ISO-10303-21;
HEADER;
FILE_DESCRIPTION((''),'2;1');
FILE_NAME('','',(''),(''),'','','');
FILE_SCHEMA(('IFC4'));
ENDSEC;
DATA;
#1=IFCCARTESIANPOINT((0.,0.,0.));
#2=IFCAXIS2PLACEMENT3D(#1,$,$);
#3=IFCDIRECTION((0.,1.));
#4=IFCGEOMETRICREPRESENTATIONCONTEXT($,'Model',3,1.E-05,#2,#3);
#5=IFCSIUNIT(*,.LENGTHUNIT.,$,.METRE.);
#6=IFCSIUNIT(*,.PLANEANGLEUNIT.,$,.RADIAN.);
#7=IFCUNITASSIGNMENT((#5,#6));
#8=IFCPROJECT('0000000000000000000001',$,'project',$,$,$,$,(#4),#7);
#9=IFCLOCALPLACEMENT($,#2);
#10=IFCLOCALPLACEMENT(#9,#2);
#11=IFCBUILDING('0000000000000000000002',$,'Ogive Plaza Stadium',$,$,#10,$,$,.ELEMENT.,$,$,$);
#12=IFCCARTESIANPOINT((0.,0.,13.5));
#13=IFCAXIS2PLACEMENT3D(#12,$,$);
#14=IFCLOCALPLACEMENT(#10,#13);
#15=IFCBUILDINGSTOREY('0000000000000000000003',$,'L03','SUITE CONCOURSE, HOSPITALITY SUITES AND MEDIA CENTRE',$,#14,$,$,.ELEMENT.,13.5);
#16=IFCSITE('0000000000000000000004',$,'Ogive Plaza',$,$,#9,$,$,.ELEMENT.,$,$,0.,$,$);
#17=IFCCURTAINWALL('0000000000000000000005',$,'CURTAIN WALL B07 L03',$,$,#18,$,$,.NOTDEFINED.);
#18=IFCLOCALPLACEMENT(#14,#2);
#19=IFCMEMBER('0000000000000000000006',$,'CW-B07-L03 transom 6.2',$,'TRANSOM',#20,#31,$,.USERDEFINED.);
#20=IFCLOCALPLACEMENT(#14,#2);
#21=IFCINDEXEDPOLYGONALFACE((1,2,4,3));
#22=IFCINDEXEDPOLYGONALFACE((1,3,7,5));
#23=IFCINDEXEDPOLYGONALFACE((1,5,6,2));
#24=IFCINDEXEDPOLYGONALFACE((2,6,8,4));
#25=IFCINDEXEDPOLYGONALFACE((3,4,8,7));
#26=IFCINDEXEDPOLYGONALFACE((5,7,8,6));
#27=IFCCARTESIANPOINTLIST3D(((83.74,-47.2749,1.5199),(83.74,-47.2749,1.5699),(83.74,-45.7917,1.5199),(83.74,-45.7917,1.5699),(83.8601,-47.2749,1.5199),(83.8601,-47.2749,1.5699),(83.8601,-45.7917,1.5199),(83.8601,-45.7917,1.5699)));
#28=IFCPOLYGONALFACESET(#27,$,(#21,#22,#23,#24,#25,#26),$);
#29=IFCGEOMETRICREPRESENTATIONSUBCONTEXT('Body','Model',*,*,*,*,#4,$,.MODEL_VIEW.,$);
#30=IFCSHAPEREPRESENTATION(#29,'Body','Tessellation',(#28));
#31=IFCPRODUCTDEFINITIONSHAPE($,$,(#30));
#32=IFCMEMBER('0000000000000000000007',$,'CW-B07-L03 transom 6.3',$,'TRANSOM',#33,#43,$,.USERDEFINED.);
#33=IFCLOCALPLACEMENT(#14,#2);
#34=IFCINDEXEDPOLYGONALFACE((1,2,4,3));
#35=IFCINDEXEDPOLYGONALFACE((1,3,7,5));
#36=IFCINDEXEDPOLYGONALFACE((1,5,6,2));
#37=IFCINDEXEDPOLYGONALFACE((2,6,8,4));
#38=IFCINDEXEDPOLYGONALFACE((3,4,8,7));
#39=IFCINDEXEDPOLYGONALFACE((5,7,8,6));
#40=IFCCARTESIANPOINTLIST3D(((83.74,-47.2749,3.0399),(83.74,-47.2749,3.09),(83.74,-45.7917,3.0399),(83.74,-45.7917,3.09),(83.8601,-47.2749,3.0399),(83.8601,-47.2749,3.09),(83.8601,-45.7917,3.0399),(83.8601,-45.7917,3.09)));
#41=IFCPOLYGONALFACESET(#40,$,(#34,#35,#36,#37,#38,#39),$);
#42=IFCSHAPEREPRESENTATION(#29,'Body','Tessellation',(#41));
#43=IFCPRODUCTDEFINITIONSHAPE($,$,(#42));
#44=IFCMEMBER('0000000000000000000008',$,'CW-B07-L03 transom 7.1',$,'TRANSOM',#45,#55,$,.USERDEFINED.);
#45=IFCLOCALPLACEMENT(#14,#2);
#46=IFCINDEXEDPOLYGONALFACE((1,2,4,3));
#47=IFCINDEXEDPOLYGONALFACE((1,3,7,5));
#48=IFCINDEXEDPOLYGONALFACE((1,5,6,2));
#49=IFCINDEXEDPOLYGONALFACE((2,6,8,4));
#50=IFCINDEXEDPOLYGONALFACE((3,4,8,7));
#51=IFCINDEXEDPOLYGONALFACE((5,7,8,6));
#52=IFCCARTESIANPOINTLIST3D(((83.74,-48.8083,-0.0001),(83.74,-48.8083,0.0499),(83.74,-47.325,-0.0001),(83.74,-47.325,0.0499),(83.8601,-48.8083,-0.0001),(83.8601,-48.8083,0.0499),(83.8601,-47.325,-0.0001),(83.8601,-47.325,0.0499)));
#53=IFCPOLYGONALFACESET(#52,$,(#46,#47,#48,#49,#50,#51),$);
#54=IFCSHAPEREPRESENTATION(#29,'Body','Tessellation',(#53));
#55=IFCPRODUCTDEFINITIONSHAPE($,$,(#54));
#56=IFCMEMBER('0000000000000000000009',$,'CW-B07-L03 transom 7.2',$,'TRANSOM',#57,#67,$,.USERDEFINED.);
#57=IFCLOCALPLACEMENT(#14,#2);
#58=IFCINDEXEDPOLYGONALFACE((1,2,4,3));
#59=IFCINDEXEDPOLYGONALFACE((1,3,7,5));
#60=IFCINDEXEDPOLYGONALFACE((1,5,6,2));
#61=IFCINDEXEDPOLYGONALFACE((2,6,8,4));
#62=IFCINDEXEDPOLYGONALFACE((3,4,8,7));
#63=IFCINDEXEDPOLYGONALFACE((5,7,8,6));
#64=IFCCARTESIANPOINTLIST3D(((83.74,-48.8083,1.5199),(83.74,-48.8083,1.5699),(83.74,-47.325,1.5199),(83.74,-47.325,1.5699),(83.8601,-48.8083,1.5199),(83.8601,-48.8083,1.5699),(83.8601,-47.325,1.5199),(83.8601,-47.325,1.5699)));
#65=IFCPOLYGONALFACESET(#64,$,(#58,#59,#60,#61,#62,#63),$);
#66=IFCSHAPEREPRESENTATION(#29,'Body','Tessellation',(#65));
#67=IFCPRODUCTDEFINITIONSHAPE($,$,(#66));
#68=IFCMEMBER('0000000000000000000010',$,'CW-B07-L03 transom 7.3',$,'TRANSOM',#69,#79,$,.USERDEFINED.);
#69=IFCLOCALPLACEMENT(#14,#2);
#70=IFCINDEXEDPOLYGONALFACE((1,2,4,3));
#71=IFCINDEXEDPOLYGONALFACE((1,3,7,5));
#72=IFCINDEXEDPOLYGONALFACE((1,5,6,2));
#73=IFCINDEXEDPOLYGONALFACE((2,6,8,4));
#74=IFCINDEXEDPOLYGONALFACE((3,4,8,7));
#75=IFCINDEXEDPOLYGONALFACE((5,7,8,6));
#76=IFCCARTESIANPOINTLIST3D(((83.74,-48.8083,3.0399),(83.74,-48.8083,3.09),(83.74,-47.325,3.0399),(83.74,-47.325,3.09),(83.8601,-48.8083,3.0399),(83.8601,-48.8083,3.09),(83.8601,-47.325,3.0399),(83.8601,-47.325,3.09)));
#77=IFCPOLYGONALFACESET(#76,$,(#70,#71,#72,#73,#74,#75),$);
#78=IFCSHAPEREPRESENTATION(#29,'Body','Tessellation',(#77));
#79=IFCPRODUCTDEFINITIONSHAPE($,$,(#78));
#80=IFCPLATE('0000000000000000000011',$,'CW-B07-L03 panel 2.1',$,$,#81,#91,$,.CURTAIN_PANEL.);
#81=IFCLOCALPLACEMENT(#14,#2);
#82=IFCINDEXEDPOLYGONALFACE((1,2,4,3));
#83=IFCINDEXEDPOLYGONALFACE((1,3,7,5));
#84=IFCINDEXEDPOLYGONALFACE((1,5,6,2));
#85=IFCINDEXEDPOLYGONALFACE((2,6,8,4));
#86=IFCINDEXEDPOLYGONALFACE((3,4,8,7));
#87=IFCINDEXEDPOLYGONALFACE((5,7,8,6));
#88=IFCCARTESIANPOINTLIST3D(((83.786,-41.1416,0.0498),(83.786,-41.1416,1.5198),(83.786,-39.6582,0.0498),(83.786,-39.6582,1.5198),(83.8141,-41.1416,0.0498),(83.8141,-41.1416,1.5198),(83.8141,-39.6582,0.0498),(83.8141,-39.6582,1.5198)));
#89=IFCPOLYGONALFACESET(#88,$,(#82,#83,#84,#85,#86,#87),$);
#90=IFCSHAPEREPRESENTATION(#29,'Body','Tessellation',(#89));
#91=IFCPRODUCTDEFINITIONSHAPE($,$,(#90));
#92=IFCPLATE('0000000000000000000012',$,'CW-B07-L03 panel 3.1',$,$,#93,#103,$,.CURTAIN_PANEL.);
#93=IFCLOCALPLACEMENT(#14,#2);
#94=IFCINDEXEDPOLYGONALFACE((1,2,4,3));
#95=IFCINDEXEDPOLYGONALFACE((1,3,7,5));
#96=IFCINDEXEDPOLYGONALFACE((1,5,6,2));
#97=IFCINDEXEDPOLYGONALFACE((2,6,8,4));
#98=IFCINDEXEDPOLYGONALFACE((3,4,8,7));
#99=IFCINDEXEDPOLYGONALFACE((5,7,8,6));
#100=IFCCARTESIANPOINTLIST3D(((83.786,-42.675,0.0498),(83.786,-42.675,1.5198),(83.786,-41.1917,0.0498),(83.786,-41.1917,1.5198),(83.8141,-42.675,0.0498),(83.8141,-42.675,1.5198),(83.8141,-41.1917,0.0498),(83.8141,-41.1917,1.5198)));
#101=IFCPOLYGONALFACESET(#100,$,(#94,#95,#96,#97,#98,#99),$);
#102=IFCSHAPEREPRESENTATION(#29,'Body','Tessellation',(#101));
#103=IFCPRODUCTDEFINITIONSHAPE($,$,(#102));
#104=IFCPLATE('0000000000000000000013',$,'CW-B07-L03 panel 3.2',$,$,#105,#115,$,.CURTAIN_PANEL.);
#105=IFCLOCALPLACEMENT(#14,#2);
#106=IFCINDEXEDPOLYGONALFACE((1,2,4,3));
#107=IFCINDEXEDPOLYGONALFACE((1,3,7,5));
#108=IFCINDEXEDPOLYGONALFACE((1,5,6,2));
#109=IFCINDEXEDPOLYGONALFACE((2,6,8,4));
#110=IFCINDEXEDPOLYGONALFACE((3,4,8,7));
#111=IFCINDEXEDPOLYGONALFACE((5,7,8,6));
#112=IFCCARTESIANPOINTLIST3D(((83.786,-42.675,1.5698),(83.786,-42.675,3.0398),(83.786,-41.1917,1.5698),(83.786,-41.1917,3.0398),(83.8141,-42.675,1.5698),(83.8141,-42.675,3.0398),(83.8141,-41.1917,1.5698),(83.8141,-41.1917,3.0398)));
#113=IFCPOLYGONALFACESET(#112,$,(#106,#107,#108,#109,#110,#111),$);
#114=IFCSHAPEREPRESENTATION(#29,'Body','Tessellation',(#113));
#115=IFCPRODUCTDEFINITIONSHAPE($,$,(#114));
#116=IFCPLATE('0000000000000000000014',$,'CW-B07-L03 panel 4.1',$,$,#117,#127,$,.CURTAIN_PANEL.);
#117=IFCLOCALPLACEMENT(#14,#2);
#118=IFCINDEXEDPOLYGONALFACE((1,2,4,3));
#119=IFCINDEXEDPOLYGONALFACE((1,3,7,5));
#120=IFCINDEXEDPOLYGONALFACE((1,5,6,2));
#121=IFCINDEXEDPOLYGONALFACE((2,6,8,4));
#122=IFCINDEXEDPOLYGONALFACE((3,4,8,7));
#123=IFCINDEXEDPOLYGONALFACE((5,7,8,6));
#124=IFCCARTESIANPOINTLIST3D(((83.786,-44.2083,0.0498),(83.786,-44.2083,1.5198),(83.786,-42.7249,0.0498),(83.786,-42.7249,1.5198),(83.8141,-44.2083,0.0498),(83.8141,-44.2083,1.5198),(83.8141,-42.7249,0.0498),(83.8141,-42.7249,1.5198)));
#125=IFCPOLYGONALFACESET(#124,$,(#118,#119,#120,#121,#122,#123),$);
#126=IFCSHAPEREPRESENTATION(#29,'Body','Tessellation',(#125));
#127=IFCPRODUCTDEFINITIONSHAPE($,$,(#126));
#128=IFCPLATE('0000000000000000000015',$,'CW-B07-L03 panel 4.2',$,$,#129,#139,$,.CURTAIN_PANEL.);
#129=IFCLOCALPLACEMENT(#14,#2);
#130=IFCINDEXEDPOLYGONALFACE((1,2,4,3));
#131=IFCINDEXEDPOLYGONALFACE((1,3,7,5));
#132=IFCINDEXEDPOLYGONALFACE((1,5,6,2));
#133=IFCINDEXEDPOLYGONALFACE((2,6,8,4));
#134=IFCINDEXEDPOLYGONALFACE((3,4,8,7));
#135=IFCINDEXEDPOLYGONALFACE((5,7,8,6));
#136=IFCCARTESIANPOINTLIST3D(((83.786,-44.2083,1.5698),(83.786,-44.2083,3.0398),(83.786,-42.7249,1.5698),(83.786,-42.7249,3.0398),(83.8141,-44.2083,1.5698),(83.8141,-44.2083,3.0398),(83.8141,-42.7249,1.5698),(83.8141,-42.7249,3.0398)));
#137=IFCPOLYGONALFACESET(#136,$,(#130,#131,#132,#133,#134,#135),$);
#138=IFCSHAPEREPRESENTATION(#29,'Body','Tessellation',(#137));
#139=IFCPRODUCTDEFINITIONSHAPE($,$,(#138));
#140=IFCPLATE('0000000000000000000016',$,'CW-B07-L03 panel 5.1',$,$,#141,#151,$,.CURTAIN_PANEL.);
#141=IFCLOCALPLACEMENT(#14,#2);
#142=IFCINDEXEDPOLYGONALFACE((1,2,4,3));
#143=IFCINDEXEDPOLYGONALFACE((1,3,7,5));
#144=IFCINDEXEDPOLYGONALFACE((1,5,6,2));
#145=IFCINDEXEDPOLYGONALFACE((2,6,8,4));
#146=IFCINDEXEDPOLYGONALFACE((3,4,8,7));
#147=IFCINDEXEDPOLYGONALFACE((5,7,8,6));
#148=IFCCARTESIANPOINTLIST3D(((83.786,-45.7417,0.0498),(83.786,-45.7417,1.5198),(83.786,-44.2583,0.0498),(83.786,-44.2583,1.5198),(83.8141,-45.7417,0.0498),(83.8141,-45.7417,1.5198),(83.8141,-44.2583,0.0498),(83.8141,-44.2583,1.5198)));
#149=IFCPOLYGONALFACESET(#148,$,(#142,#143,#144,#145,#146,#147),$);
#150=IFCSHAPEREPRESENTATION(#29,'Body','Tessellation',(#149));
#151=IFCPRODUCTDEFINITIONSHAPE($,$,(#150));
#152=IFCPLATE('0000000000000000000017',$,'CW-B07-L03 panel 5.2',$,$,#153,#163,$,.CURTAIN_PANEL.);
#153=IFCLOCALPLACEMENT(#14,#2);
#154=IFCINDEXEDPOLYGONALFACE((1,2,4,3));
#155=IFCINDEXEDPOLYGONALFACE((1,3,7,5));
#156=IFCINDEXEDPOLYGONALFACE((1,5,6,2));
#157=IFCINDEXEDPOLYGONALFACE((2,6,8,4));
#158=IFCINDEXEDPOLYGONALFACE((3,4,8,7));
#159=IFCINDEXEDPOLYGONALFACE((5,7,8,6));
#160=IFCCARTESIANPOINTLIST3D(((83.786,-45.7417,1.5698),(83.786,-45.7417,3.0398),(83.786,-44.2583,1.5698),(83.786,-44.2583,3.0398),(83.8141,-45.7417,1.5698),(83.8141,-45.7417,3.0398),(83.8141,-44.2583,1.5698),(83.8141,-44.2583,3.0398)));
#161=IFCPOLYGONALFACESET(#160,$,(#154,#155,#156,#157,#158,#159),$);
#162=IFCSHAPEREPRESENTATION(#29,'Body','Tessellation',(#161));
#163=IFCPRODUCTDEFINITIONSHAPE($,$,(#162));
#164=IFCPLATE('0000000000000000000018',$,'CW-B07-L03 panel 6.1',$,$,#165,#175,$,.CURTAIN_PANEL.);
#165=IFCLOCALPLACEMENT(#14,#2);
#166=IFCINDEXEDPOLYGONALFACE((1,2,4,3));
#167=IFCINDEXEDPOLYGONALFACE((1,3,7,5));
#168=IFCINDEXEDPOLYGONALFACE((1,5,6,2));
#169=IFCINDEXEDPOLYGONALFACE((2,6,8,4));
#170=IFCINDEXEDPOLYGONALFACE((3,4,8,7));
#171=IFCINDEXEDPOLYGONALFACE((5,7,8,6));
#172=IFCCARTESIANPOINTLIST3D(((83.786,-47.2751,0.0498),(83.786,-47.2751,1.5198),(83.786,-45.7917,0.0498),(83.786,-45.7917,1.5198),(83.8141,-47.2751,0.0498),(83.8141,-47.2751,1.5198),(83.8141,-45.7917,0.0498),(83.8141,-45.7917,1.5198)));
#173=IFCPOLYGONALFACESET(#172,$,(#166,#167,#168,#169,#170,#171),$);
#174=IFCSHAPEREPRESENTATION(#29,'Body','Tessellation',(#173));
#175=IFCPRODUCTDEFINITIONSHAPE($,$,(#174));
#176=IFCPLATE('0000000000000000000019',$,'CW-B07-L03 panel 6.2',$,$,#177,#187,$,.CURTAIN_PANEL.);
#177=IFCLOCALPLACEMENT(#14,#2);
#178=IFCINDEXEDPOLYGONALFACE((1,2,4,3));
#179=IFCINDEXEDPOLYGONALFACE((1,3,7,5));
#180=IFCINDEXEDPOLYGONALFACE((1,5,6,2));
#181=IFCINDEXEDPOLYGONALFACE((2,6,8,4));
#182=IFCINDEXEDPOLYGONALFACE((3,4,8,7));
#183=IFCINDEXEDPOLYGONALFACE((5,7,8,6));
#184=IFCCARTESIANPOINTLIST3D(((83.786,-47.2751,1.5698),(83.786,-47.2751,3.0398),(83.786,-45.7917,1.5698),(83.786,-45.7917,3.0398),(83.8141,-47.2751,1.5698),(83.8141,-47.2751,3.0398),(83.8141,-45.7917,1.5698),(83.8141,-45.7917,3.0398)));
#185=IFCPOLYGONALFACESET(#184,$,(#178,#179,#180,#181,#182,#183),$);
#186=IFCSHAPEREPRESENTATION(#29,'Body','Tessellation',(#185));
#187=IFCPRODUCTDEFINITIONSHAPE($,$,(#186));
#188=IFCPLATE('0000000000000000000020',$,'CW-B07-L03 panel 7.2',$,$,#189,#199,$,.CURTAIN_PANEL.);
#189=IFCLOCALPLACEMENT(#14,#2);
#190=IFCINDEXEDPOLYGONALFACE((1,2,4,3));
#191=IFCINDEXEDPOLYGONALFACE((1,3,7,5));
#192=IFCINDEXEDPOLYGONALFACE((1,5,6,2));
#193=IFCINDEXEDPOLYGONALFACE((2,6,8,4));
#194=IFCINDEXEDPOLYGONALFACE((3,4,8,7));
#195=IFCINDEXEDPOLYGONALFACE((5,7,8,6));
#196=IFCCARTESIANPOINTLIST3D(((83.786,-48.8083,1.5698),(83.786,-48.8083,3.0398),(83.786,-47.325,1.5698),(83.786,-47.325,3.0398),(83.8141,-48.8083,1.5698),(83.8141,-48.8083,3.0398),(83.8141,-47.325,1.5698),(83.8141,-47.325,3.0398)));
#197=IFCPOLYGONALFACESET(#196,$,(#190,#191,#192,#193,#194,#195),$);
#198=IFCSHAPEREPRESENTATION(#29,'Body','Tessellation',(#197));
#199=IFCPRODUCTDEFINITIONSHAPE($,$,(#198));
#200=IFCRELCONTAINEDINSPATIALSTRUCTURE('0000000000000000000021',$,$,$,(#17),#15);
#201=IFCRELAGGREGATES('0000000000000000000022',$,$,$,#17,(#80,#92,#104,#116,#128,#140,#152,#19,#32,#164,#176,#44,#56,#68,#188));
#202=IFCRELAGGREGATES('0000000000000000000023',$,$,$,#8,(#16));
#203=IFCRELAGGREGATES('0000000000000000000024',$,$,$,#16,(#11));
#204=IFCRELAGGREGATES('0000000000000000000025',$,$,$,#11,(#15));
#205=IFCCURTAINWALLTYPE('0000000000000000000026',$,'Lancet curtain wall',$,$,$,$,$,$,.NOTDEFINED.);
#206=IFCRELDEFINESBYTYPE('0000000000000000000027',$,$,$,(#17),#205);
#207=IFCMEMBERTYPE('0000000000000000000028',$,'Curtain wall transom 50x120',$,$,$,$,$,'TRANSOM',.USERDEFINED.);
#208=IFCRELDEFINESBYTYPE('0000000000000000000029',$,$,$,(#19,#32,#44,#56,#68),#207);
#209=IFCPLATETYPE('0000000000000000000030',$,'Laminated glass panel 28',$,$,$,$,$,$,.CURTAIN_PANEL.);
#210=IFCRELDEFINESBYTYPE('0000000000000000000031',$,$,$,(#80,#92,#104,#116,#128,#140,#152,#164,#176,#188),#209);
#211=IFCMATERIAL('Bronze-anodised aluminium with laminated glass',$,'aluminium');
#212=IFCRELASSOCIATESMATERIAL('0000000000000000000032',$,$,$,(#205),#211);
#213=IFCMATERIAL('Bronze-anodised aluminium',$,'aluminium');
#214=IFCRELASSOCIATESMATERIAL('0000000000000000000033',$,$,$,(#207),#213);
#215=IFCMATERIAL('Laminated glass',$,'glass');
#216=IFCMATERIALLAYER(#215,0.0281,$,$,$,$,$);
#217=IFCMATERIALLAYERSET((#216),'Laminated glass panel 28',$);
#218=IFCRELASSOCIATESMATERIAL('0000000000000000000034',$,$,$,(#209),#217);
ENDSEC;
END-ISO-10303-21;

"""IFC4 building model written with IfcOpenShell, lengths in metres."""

from ifc_helpers import new_model, si_unit, direction, frame, origin, origin_2d, place, context, subcontext, project, spatial, rectangle, extrude, material, layer, layer_set, material_profile, profile_set, type_object, element, aggregate, save


model = new_model("IFC4")

# Units and contexts
model_context = context("Model", 3, precision=1e-05, world=origin(), true_north=direction((0.0, 1.0)))
body_context = subcontext(model_context, "Body", "Model", "MODEL_VIEW")
ifc_project = project(units=[si_unit("LENGTHUNIT", "METRE"), si_unit("PLANEANGLEUNIT", "RADIAN")], contexts=[model_context])

# Site, building, storey
site_placement = place(None, origin())
site = spatial("IfcSite", under=ifc_project, at=site_placement, Name="Ogive Plaza", CompositionType="ELEMENT", RefElevation=0.0)
building_placement = place(site_placement, origin())
building = spatial("IfcBuilding", under=site, at=building_placement, Name="Ogive Plaza Stadium", CompositionType="ELEMENT")
storey_placement = place(building_placement, frame((0.0, 0.0, 13.5)))
storey = spatial("IfcBuildingStorey", under=building, at=storey_placement, Name="L03", Description="SUITE CONCOURSE, HOSPITALITY SUITES AND MEDIA CENTRE", CompositionType="ELEMENT", Elevation=13.5)

# Curtain wall, members, plates
ifc_material_1 = material(Name="Bronze-anodised aluminium with laminated glass", Category="aluminium")
curtain_wall_type = type_object("IfcCurtainWallType", Name="Lancet curtain wall", PredefinedType="NOTDEFINED", material=ifc_material_1)
curtain_wall_placement = place(storey_placement, origin())
curtain_wall = element("IfcCurtainWall", 1, at=curtain_wall_placement, inside=storey, type_object=curtain_wall_type, Name="CURTAIN WALL B07 L03", PredefinedType="NOTDEFINED")
ifc_material_2 = material(Name="Bronze-anodised aluminium", Category="aluminium")
ifc_material_profile_1 = material_profile(ifc_material_2, rectangle(XDim=0.1201, YDim=0.05, at=origin_2d()), Name="AL 120x50")
ifc_profile_set_1 = profile_set([ifc_material_profile_1], Name="Bronze-anodised aluminium")
member_type_1 = type_object("IfcMemberType", Name="Curtain wall transom 50x120", ElementType="TRANSOM", PredefinedType="USERDEFINED", material=ifc_profile_set_1)
member_1_placement = place(storey_placement, frame((83.8, -45.7917, 1.5449), z_axis=(0.0, -1.0, 0.0), x_axis=(1.0, 0.0, 0.0)))
member_1 = element("IfcMember", 2, at=member_1_placement, type_object=member_type_1, Name="CW-B07-L03 transom 6.2", ObjectType="TRANSOM", PredefinedType="USERDEFINED", context=body_context, shape_type="SweptSolid", body=[
    extrude(rectangle(XDim=0.1201, YDim=0.05, at=origin_2d()), origin(), (0.0, 0.0, 1.0), 1.4832),
])
member_2_placement = place(storey_placement, frame((83.8, -45.7917, 3.0649), z_axis=(0.0, -1.0, 0.0), x_axis=(1.0, 0.0, 0.0)))
member_2 = element("IfcMember", 3, at=member_2_placement, type_object=member_type_1, Name="CW-B07-L03 transom 6.3", ObjectType="TRANSOM", PredefinedType="USERDEFINED", context=body_context, shape_type="SweptSolid", body=[
    extrude(rectangle(XDim=0.1201, YDim=0.05, at=origin_2d()), origin(), (0.0, 0.0, 1.0), 1.4832),
])
member_3_placement = place(storey_placement, frame((83.8, -47.325, 0.0249), z_axis=(0.0, -1.0, 0.0), x_axis=(1.0, 0.0, 0.0)))
member_3 = element("IfcMember", 4, at=member_3_placement, type_object=member_type_1, Name="CW-B07-L03 transom 7.1", ObjectType="TRANSOM", PredefinedType="USERDEFINED", context=body_context, shape_type="SweptSolid", body=[
    extrude(rectangle(XDim=0.1201, YDim=0.05, at=origin_2d()), origin(), (0.0, 0.0, 1.0), 1.4834),
])
member_4_placement = place(storey_placement, frame((83.8, -47.325, 1.5449), z_axis=(0.0, -1.0, 0.0), x_axis=(1.0, 0.0, 0.0)))
member_4 = element("IfcMember", 5, at=member_4_placement, type_object=member_type_1, Name="CW-B07-L03 transom 7.2", ObjectType="TRANSOM", PredefinedType="USERDEFINED", context=body_context, shape_type="SweptSolid", body=[
    extrude(rectangle(XDim=0.1201, YDim=0.05, at=origin_2d()), origin(), (0.0, 0.0, 1.0), 1.4834),
])
member_5_placement = place(storey_placement, frame((83.8, -47.325, 3.0649), z_axis=(0.0, -1.0, 0.0), x_axis=(1.0, 0.0, 0.0)))
member_5 = element("IfcMember", 6, at=member_5_placement, type_object=member_type_1, Name="CW-B07-L03 transom 7.3", ObjectType="TRANSOM", PredefinedType="USERDEFINED", context=body_context, shape_type="SweptSolid", body=[
    extrude(rectangle(XDim=0.1201, YDim=0.05, at=origin_2d()), origin(), (0.0, 0.0, 1.0), 1.4834),
])
ifc_material_3 = material(Name="Laminated glass", Category="glass")
ifc_layer_1 = layer(ifc_material_3, 0.0281)
ifc_layer_set_1 = layer_set([ifc_layer_1], Name="Laminated glass panel 28")
plate_type = type_object("IfcPlateType", Name="Laminated glass panel 28", PredefinedType="CURTAIN_PANEL", material=ifc_layer_set_1)
plate_1_placement = place(storey_placement, frame((83.8, -40.3999, 0.0498), z_axis=(0.0, 0.0, 1.0), x_axis=(0.0, -1.0, 0.0)))
plate_1 = element("IfcPlate", 7, at=plate_1_placement, type_object=plate_type, Name="CW-B07-L03 panel 2.1", PredefinedType="CURTAIN_PANEL", context=body_context, shape_type="SweptSolid", body=[
    extrude(rectangle(XDim=1.4834, YDim=0.0281, at=origin_2d()), origin(), (0.0, 0.0, 1.0), 1.47),
])
plate_2_placement = place(storey_placement, frame((83.8, -41.9333, 0.0498), z_axis=(0.0, 0.0, 1.0), x_axis=(0.0, -1.0, 0.0)))
plate_2 = element("IfcPlate", 8, at=plate_2_placement, type_object=plate_type, Name="CW-B07-L03 panel 3.1", PredefinedType="CURTAIN_PANEL", context=body_context, shape_type="SweptSolid", body=[
    extrude(rectangle(XDim=1.4834, YDim=0.0281, at=origin_2d()), origin(), (0.0, 0.0, 1.0), 1.47),
])
plate_3_placement = place(storey_placement, frame((83.8, -41.9333, 1.5698), z_axis=(0.0, 0.0, 1.0), x_axis=(0.0, -1.0, 0.0)))
plate_3 = element("IfcPlate", 9, at=plate_3_placement, type_object=plate_type, Name="CW-B07-L03 panel 3.2", PredefinedType="CURTAIN_PANEL", context=body_context, shape_type="SweptSolid", body=[
    extrude(rectangle(XDim=1.4834, YDim=0.0281, at=origin_2d()), origin(), (0.0, 0.0, 1.0), 1.47),
])
plate_4_placement = place(storey_placement, frame((83.8, -43.4666, 0.0498), z_axis=(0.0, 0.0, 1.0), x_axis=(0.0, -1.0, 0.0)))
plate_4 = element("IfcPlate", 10, at=plate_4_placement, type_object=plate_type, Name="CW-B07-L03 panel 4.1", PredefinedType="CURTAIN_PANEL", context=body_context, shape_type="SweptSolid", body=[
    extrude(rectangle(XDim=1.4834, YDim=0.0281, at=origin_2d()), origin(), (0.0, 0.0, 1.0), 1.47),
])
plate_5_placement = place(storey_placement, frame((83.8, -43.4666, 1.5698), z_axis=(0.0, 0.0, 1.0), x_axis=(0.0, -1.0, 0.0)))
plate_5 = element("IfcPlate", 11, at=plate_5_placement, type_object=plate_type, Name="CW-B07-L03 panel 4.2", PredefinedType="CURTAIN_PANEL", context=body_context, shape_type="SweptSolid", body=[
    extrude(rectangle(XDim=1.4834, YDim=0.0281, at=origin_2d()), origin(), (0.0, 0.0, 1.0), 1.47),
])
plate_6_placement = place(storey_placement, frame((83.8, -45.0, 0.0498), z_axis=(0.0, 0.0, 1.0), x_axis=(0.0, -1.0, 0.0)))
plate_6 = element("IfcPlate", 12, at=plate_6_placement, type_object=plate_type, Name="CW-B07-L03 panel 5.1", PredefinedType="CURTAIN_PANEL", context=body_context, shape_type="SweptSolid", body=[
    extrude(rectangle(XDim=1.4834, YDim=0.0281, at=origin_2d()), origin(), (0.0, 0.0, 1.0), 1.47),
])
plate_7_placement = place(storey_placement, frame((83.8, -45.0, 1.5698), z_axis=(0.0, 0.0, 1.0), x_axis=(0.0, -1.0, 0.0)))
plate_7 = element("IfcPlate", 13, at=plate_7_placement, type_object=plate_type, Name="CW-B07-L03 panel 5.2", PredefinedType="CURTAIN_PANEL", context=body_context, shape_type="SweptSolid", body=[
    extrude(rectangle(XDim=1.4834, YDim=0.0281, at=origin_2d()), origin(), (0.0, 0.0, 1.0), 1.47),
])
plate_8_placement = place(storey_placement, frame((83.8, -46.5334, 0.0498), z_axis=(0.0, 0.0, 1.0), x_axis=(0.0, -1.0, 0.0)))
plate_8 = element("IfcPlate", 14, at=plate_8_placement, type_object=plate_type, Name="CW-B07-L03 panel 6.1", PredefinedType="CURTAIN_PANEL", context=body_context, shape_type="SweptSolid", body=[
    extrude(rectangle(XDim=1.4834, YDim=0.0281, at=origin_2d()), origin(), (0.0, 0.0, 1.0), 1.47),
])
plate_9_placement = place(storey_placement, frame((83.8, -46.5334, 1.5698), z_axis=(0.0, 0.0, 1.0), x_axis=(0.0, -1.0, 0.0)))
plate_9 = element("IfcPlate", 15, at=plate_9_placement, type_object=plate_type, Name="CW-B07-L03 panel 6.2", PredefinedType="CURTAIN_PANEL", context=body_context, shape_type="SweptSolid", body=[
    extrude(rectangle(XDim=1.4834, YDim=0.0281, at=origin_2d()), origin(), (0.0, 0.0, 1.0), 1.47),
])
plate_10_placement = place(storey_placement, frame((83.8, -48.0667, 1.5698), z_axis=(0.0, 0.0, 1.0), x_axis=(0.0, -1.0, 0.0)))
plate_10 = element("IfcPlate", 16, at=plate_10_placement, type_object=plate_type, Name="CW-B07-L03 panel 7.2", PredefinedType="CURTAIN_PANEL", context=body_context, shape_type="SweptSolid", body=[
    extrude(rectangle(XDim=1.4834, YDim=0.0281, at=origin_2d()), origin(), (0.0, 0.0, 1.0), 1.47),
])
aggregate(curtain_wall, [plate_1, plate_2, plate_3, plate_4, plate_5, plate_6, plate_7, member_1, member_2, plate_8, plate_9, member_3, member_4, member_5, plate_10])

save(model, "model.ifc")
